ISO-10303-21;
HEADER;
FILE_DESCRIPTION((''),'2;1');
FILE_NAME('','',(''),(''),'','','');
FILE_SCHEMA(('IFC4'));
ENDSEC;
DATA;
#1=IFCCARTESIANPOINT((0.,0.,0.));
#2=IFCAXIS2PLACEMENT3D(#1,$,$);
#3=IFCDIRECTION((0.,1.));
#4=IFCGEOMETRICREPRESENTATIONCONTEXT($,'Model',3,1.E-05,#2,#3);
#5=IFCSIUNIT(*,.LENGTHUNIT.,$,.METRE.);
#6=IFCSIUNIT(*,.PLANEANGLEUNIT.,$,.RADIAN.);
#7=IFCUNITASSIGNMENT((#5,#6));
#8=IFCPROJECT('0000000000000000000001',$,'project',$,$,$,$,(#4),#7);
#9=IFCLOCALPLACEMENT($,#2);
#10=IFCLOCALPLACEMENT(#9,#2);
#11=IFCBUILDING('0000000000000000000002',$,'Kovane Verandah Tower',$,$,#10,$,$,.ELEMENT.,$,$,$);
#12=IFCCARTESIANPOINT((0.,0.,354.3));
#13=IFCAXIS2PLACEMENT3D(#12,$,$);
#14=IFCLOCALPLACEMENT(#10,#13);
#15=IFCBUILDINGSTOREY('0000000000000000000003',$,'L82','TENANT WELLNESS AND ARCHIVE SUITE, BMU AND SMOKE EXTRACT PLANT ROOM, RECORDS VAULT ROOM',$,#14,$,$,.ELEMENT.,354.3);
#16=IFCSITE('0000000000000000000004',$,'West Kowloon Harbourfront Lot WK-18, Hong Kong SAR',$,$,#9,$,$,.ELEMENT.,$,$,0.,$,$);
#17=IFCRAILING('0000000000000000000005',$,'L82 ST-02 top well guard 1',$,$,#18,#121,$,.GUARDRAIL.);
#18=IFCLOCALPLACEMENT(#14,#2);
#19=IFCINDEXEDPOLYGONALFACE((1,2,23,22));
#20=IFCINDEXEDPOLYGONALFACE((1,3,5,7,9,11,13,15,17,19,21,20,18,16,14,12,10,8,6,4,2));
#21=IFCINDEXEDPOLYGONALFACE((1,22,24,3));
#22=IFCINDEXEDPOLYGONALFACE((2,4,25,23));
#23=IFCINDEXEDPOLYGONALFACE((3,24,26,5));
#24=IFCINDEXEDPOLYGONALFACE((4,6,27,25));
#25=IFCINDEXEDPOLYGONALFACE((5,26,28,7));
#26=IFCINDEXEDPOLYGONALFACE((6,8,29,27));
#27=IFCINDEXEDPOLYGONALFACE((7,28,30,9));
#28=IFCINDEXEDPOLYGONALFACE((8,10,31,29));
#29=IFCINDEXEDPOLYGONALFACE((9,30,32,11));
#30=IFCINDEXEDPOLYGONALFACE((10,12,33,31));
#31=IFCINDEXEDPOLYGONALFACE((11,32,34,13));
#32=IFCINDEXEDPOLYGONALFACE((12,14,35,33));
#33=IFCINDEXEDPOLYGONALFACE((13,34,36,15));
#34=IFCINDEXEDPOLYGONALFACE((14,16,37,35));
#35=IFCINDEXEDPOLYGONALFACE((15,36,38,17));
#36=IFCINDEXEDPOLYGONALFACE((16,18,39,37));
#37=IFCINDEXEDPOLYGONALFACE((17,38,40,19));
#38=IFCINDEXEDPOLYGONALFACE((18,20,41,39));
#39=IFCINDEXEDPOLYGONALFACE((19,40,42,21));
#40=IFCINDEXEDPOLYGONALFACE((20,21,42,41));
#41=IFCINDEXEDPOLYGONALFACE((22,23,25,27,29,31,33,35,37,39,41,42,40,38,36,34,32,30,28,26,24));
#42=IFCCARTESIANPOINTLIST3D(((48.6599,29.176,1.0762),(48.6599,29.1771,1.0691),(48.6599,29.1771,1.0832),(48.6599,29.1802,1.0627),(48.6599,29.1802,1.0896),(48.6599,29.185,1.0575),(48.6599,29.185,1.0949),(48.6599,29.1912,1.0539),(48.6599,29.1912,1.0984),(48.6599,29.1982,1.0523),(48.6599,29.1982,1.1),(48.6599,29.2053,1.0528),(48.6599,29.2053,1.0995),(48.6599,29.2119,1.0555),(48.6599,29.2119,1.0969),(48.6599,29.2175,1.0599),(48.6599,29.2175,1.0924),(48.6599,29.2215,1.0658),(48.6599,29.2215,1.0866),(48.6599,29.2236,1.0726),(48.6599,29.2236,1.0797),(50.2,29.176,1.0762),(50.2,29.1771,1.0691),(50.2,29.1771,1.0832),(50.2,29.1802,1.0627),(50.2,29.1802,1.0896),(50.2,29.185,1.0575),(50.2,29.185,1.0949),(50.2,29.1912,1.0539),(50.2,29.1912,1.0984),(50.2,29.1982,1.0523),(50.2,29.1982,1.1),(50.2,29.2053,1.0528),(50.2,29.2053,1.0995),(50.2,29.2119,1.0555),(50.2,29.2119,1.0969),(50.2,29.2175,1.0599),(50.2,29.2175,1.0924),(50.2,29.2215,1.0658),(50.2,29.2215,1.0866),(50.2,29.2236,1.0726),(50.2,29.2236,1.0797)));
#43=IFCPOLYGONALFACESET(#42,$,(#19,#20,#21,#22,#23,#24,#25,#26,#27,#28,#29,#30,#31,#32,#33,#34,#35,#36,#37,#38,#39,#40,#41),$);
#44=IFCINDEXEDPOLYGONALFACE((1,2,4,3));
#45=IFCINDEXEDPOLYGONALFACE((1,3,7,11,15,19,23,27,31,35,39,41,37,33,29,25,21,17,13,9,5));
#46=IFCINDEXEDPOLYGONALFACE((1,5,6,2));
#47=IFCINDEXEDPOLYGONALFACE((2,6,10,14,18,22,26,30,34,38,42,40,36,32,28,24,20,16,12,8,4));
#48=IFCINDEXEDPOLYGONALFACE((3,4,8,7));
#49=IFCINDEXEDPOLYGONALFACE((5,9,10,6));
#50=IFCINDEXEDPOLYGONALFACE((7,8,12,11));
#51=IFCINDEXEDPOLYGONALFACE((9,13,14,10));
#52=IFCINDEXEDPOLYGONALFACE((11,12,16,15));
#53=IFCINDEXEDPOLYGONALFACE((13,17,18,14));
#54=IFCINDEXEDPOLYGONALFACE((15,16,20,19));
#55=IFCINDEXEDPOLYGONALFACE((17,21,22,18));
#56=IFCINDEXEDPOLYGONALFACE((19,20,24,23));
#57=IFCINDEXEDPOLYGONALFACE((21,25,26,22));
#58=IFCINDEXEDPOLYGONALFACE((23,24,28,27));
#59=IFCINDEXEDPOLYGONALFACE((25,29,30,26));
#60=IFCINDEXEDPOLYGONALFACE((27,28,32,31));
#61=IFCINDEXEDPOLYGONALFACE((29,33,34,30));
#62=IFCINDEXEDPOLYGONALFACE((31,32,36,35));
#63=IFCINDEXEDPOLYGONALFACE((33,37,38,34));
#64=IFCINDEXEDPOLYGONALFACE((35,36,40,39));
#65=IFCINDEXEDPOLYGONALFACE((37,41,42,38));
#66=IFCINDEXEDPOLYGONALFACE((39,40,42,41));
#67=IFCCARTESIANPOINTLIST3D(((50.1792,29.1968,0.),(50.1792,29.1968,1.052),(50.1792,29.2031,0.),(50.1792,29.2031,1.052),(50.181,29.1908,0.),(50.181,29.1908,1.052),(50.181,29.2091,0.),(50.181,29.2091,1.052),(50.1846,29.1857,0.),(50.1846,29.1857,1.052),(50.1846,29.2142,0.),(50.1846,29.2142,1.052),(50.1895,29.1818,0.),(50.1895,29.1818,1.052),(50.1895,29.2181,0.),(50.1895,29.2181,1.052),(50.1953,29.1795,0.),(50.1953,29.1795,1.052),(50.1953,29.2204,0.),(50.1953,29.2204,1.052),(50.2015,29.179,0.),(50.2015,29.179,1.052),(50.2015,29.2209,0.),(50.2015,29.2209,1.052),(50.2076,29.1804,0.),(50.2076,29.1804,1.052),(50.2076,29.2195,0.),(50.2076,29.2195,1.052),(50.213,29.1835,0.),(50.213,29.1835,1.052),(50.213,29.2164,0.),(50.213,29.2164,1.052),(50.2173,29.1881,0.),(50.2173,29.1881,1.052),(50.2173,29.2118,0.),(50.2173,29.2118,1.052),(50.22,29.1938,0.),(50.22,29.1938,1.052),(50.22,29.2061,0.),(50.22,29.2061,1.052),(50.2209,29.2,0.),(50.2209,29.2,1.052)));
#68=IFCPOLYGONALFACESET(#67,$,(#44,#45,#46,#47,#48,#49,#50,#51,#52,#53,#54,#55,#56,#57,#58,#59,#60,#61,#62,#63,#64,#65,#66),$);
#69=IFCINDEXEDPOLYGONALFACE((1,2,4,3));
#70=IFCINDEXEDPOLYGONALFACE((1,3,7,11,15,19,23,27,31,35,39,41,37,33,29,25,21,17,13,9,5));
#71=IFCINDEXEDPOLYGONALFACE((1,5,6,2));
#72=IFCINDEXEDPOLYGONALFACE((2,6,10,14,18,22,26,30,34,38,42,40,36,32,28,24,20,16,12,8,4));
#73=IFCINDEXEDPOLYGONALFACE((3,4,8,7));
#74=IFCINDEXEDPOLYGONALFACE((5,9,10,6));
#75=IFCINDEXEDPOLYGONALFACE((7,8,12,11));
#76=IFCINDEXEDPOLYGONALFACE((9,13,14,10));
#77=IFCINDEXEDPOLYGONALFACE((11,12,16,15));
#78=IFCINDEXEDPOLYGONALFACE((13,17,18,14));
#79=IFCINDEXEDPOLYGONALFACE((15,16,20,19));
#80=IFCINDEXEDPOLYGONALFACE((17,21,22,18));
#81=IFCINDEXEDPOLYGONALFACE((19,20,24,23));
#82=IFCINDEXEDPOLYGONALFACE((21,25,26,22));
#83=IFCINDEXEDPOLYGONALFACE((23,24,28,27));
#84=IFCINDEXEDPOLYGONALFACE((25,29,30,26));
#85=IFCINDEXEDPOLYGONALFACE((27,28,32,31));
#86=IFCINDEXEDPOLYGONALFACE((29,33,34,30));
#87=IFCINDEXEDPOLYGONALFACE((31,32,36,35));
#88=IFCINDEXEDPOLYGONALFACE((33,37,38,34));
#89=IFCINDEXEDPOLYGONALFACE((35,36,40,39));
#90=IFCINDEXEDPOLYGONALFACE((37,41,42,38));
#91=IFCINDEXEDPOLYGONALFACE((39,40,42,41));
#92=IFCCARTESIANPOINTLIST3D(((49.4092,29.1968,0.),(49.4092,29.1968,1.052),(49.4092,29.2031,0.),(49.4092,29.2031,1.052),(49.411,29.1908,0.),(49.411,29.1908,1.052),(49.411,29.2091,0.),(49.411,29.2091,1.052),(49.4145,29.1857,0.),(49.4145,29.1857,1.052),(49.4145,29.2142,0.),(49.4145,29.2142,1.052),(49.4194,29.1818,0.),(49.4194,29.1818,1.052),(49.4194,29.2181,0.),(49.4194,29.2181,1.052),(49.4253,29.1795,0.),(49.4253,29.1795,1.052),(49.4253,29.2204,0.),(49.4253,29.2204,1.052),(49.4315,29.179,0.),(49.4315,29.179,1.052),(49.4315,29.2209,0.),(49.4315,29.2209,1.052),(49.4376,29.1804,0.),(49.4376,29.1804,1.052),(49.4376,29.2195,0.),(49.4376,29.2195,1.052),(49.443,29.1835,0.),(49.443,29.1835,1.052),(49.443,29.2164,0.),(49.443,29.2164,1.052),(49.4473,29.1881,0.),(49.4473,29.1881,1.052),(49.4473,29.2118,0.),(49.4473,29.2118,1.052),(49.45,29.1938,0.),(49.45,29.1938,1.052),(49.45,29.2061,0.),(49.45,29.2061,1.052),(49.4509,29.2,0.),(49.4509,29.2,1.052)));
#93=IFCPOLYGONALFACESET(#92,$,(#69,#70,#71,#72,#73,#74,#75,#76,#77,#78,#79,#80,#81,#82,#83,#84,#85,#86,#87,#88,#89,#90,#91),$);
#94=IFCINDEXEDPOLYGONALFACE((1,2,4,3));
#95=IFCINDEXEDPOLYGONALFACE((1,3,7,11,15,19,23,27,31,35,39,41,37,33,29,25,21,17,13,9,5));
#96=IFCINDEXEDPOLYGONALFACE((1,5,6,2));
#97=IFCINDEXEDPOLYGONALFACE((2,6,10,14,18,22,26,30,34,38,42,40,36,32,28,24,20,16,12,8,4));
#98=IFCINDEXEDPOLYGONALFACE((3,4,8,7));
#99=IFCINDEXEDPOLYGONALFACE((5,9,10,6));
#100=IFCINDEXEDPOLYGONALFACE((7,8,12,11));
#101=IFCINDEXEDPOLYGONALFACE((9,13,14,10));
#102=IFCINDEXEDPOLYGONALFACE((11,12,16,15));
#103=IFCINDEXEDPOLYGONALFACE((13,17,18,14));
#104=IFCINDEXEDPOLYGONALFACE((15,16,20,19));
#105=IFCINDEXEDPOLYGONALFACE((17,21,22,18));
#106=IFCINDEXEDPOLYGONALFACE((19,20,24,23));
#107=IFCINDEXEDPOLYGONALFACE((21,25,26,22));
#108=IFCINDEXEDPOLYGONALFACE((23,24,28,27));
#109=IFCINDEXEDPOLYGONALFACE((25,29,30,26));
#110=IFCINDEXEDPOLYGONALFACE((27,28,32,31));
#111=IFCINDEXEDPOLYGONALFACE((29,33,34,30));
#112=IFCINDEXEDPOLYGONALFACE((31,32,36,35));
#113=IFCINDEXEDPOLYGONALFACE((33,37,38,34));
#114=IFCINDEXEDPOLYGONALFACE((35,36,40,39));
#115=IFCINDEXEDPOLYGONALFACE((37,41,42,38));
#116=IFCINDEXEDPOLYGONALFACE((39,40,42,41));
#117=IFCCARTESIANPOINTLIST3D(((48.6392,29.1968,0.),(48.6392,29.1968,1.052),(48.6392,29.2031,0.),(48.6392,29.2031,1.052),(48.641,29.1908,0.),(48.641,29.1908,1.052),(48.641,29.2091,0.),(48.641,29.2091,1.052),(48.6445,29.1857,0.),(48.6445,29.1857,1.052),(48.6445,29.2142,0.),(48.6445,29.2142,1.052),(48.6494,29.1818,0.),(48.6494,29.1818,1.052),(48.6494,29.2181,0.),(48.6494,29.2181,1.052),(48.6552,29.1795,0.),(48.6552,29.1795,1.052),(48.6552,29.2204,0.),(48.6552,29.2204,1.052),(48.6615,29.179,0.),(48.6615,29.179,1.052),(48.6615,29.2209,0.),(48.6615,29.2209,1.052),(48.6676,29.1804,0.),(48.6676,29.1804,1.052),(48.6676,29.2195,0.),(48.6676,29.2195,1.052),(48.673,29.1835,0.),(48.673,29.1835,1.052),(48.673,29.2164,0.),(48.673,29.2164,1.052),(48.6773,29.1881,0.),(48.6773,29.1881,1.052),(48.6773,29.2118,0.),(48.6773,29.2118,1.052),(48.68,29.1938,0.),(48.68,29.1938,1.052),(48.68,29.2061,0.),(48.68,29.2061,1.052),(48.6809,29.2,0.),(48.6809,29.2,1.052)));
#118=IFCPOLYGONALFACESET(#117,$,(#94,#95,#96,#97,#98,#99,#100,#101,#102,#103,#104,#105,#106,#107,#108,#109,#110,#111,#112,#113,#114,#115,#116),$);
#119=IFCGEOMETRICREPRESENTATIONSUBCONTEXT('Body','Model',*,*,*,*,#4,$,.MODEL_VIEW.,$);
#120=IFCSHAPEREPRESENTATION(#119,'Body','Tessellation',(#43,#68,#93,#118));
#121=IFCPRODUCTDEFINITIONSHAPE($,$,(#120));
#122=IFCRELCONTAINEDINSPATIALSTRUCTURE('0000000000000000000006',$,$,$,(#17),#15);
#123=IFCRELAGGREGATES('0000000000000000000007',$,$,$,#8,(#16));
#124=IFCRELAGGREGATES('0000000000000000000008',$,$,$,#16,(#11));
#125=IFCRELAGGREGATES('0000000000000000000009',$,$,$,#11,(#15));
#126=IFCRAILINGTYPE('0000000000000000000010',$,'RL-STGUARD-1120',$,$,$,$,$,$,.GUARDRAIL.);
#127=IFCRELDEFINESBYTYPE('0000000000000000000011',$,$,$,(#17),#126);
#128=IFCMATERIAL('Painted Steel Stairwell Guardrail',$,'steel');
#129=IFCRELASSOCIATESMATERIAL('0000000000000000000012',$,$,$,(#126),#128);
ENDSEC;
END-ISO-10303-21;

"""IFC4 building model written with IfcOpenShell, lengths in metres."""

from ifc_helpers import new_model, si_unit, direction, frame, origin, origin_2d, place, context, subcontext, project, spatial, circle, extrude, material, type_object, element, save


model = new_model("IFC4")

# Units and contexts
model_context = context("Model", 3, precision=1e-05, world=origin(), true_north=direction((0.0, 1.0)))
body_context = subcontext(model_context, "Body", "Model", "MODEL_VIEW")
ifc_project = project(units=[si_unit("LENGTHUNIT", "METRE"), si_unit("PLANEANGLEUNIT", "RADIAN")], contexts=[model_context])

# Site, building, storey
site_placement = place(None, origin())
site = spatial("IfcSite", under=ifc_project, at=site_placement, Name="West Kowloon Harbourfront Lot WK-18, Hong Kong SAR", CompositionType="ELEMENT", RefElevation=0.0)
building_placement = place(site_placement, origin())
building = spatial("IfcBuilding", under=site, at=building_placement, Name="Kovane Verandah Tower", CompositionType="ELEMENT")
storey_placement = place(building_placement, frame((0.0, 0.0, 354.3)))
storey = spatial("IfcBuildingStorey", under=building, at=storey_placement, Name="L82", Description="TENANT WELLNESS AND ARCHIVE SUITE, BMU AND SMOKE EXTRACT PLANT ROOM, RECORDS VAULT ROOM", CompositionType="ELEMENT", Elevation=354.3)

# Railing
ifc_material_1 = material(Name="Painted Steel Stairwell Guardrail", Category="steel")
railing_type = type_object("IfcRailingType", Name="RL-STGUARD-1120", PredefinedType="GUARDRAIL", material=ifc_material_1)
railing_placement = place(storey_placement, frame((50.2, 29.2, 0.0)))
element("IfcRailing", 1, at=railing_placement, inside=storey, type_object=railing_type, Name="L82 ST-02 top well guard 1", PredefinedType="GUARDRAIL", context=body_context, shape_type="SweptSolid", body=[
    extrude(circle(Radius=0.0239, at=origin_2d()), frame((0.0, 0.0, 1.0762), z_axis=(-1.0, 0.0, 0.0), x_axis=(0.0, -1.0, 0.0)), (0.0, 0.0, 1.0), 1.54),
    extrude(circle(Radius=0.021, at=origin_2d()), origin(), (0.0, 0.0, 1.0), 1.052),
    extrude(circle(Radius=0.021, at=origin_2d()), frame((-0.77, 0.0, 0.0)), (0.0, 0.0, 1.0), 1.052),
    extrude(circle(Radius=0.021, at=origin_2d()), frame((-1.54, 0.0, 0.0)), (0.0, 0.0, 1.0), 1.052),
])

save(model, "model.ifc")
